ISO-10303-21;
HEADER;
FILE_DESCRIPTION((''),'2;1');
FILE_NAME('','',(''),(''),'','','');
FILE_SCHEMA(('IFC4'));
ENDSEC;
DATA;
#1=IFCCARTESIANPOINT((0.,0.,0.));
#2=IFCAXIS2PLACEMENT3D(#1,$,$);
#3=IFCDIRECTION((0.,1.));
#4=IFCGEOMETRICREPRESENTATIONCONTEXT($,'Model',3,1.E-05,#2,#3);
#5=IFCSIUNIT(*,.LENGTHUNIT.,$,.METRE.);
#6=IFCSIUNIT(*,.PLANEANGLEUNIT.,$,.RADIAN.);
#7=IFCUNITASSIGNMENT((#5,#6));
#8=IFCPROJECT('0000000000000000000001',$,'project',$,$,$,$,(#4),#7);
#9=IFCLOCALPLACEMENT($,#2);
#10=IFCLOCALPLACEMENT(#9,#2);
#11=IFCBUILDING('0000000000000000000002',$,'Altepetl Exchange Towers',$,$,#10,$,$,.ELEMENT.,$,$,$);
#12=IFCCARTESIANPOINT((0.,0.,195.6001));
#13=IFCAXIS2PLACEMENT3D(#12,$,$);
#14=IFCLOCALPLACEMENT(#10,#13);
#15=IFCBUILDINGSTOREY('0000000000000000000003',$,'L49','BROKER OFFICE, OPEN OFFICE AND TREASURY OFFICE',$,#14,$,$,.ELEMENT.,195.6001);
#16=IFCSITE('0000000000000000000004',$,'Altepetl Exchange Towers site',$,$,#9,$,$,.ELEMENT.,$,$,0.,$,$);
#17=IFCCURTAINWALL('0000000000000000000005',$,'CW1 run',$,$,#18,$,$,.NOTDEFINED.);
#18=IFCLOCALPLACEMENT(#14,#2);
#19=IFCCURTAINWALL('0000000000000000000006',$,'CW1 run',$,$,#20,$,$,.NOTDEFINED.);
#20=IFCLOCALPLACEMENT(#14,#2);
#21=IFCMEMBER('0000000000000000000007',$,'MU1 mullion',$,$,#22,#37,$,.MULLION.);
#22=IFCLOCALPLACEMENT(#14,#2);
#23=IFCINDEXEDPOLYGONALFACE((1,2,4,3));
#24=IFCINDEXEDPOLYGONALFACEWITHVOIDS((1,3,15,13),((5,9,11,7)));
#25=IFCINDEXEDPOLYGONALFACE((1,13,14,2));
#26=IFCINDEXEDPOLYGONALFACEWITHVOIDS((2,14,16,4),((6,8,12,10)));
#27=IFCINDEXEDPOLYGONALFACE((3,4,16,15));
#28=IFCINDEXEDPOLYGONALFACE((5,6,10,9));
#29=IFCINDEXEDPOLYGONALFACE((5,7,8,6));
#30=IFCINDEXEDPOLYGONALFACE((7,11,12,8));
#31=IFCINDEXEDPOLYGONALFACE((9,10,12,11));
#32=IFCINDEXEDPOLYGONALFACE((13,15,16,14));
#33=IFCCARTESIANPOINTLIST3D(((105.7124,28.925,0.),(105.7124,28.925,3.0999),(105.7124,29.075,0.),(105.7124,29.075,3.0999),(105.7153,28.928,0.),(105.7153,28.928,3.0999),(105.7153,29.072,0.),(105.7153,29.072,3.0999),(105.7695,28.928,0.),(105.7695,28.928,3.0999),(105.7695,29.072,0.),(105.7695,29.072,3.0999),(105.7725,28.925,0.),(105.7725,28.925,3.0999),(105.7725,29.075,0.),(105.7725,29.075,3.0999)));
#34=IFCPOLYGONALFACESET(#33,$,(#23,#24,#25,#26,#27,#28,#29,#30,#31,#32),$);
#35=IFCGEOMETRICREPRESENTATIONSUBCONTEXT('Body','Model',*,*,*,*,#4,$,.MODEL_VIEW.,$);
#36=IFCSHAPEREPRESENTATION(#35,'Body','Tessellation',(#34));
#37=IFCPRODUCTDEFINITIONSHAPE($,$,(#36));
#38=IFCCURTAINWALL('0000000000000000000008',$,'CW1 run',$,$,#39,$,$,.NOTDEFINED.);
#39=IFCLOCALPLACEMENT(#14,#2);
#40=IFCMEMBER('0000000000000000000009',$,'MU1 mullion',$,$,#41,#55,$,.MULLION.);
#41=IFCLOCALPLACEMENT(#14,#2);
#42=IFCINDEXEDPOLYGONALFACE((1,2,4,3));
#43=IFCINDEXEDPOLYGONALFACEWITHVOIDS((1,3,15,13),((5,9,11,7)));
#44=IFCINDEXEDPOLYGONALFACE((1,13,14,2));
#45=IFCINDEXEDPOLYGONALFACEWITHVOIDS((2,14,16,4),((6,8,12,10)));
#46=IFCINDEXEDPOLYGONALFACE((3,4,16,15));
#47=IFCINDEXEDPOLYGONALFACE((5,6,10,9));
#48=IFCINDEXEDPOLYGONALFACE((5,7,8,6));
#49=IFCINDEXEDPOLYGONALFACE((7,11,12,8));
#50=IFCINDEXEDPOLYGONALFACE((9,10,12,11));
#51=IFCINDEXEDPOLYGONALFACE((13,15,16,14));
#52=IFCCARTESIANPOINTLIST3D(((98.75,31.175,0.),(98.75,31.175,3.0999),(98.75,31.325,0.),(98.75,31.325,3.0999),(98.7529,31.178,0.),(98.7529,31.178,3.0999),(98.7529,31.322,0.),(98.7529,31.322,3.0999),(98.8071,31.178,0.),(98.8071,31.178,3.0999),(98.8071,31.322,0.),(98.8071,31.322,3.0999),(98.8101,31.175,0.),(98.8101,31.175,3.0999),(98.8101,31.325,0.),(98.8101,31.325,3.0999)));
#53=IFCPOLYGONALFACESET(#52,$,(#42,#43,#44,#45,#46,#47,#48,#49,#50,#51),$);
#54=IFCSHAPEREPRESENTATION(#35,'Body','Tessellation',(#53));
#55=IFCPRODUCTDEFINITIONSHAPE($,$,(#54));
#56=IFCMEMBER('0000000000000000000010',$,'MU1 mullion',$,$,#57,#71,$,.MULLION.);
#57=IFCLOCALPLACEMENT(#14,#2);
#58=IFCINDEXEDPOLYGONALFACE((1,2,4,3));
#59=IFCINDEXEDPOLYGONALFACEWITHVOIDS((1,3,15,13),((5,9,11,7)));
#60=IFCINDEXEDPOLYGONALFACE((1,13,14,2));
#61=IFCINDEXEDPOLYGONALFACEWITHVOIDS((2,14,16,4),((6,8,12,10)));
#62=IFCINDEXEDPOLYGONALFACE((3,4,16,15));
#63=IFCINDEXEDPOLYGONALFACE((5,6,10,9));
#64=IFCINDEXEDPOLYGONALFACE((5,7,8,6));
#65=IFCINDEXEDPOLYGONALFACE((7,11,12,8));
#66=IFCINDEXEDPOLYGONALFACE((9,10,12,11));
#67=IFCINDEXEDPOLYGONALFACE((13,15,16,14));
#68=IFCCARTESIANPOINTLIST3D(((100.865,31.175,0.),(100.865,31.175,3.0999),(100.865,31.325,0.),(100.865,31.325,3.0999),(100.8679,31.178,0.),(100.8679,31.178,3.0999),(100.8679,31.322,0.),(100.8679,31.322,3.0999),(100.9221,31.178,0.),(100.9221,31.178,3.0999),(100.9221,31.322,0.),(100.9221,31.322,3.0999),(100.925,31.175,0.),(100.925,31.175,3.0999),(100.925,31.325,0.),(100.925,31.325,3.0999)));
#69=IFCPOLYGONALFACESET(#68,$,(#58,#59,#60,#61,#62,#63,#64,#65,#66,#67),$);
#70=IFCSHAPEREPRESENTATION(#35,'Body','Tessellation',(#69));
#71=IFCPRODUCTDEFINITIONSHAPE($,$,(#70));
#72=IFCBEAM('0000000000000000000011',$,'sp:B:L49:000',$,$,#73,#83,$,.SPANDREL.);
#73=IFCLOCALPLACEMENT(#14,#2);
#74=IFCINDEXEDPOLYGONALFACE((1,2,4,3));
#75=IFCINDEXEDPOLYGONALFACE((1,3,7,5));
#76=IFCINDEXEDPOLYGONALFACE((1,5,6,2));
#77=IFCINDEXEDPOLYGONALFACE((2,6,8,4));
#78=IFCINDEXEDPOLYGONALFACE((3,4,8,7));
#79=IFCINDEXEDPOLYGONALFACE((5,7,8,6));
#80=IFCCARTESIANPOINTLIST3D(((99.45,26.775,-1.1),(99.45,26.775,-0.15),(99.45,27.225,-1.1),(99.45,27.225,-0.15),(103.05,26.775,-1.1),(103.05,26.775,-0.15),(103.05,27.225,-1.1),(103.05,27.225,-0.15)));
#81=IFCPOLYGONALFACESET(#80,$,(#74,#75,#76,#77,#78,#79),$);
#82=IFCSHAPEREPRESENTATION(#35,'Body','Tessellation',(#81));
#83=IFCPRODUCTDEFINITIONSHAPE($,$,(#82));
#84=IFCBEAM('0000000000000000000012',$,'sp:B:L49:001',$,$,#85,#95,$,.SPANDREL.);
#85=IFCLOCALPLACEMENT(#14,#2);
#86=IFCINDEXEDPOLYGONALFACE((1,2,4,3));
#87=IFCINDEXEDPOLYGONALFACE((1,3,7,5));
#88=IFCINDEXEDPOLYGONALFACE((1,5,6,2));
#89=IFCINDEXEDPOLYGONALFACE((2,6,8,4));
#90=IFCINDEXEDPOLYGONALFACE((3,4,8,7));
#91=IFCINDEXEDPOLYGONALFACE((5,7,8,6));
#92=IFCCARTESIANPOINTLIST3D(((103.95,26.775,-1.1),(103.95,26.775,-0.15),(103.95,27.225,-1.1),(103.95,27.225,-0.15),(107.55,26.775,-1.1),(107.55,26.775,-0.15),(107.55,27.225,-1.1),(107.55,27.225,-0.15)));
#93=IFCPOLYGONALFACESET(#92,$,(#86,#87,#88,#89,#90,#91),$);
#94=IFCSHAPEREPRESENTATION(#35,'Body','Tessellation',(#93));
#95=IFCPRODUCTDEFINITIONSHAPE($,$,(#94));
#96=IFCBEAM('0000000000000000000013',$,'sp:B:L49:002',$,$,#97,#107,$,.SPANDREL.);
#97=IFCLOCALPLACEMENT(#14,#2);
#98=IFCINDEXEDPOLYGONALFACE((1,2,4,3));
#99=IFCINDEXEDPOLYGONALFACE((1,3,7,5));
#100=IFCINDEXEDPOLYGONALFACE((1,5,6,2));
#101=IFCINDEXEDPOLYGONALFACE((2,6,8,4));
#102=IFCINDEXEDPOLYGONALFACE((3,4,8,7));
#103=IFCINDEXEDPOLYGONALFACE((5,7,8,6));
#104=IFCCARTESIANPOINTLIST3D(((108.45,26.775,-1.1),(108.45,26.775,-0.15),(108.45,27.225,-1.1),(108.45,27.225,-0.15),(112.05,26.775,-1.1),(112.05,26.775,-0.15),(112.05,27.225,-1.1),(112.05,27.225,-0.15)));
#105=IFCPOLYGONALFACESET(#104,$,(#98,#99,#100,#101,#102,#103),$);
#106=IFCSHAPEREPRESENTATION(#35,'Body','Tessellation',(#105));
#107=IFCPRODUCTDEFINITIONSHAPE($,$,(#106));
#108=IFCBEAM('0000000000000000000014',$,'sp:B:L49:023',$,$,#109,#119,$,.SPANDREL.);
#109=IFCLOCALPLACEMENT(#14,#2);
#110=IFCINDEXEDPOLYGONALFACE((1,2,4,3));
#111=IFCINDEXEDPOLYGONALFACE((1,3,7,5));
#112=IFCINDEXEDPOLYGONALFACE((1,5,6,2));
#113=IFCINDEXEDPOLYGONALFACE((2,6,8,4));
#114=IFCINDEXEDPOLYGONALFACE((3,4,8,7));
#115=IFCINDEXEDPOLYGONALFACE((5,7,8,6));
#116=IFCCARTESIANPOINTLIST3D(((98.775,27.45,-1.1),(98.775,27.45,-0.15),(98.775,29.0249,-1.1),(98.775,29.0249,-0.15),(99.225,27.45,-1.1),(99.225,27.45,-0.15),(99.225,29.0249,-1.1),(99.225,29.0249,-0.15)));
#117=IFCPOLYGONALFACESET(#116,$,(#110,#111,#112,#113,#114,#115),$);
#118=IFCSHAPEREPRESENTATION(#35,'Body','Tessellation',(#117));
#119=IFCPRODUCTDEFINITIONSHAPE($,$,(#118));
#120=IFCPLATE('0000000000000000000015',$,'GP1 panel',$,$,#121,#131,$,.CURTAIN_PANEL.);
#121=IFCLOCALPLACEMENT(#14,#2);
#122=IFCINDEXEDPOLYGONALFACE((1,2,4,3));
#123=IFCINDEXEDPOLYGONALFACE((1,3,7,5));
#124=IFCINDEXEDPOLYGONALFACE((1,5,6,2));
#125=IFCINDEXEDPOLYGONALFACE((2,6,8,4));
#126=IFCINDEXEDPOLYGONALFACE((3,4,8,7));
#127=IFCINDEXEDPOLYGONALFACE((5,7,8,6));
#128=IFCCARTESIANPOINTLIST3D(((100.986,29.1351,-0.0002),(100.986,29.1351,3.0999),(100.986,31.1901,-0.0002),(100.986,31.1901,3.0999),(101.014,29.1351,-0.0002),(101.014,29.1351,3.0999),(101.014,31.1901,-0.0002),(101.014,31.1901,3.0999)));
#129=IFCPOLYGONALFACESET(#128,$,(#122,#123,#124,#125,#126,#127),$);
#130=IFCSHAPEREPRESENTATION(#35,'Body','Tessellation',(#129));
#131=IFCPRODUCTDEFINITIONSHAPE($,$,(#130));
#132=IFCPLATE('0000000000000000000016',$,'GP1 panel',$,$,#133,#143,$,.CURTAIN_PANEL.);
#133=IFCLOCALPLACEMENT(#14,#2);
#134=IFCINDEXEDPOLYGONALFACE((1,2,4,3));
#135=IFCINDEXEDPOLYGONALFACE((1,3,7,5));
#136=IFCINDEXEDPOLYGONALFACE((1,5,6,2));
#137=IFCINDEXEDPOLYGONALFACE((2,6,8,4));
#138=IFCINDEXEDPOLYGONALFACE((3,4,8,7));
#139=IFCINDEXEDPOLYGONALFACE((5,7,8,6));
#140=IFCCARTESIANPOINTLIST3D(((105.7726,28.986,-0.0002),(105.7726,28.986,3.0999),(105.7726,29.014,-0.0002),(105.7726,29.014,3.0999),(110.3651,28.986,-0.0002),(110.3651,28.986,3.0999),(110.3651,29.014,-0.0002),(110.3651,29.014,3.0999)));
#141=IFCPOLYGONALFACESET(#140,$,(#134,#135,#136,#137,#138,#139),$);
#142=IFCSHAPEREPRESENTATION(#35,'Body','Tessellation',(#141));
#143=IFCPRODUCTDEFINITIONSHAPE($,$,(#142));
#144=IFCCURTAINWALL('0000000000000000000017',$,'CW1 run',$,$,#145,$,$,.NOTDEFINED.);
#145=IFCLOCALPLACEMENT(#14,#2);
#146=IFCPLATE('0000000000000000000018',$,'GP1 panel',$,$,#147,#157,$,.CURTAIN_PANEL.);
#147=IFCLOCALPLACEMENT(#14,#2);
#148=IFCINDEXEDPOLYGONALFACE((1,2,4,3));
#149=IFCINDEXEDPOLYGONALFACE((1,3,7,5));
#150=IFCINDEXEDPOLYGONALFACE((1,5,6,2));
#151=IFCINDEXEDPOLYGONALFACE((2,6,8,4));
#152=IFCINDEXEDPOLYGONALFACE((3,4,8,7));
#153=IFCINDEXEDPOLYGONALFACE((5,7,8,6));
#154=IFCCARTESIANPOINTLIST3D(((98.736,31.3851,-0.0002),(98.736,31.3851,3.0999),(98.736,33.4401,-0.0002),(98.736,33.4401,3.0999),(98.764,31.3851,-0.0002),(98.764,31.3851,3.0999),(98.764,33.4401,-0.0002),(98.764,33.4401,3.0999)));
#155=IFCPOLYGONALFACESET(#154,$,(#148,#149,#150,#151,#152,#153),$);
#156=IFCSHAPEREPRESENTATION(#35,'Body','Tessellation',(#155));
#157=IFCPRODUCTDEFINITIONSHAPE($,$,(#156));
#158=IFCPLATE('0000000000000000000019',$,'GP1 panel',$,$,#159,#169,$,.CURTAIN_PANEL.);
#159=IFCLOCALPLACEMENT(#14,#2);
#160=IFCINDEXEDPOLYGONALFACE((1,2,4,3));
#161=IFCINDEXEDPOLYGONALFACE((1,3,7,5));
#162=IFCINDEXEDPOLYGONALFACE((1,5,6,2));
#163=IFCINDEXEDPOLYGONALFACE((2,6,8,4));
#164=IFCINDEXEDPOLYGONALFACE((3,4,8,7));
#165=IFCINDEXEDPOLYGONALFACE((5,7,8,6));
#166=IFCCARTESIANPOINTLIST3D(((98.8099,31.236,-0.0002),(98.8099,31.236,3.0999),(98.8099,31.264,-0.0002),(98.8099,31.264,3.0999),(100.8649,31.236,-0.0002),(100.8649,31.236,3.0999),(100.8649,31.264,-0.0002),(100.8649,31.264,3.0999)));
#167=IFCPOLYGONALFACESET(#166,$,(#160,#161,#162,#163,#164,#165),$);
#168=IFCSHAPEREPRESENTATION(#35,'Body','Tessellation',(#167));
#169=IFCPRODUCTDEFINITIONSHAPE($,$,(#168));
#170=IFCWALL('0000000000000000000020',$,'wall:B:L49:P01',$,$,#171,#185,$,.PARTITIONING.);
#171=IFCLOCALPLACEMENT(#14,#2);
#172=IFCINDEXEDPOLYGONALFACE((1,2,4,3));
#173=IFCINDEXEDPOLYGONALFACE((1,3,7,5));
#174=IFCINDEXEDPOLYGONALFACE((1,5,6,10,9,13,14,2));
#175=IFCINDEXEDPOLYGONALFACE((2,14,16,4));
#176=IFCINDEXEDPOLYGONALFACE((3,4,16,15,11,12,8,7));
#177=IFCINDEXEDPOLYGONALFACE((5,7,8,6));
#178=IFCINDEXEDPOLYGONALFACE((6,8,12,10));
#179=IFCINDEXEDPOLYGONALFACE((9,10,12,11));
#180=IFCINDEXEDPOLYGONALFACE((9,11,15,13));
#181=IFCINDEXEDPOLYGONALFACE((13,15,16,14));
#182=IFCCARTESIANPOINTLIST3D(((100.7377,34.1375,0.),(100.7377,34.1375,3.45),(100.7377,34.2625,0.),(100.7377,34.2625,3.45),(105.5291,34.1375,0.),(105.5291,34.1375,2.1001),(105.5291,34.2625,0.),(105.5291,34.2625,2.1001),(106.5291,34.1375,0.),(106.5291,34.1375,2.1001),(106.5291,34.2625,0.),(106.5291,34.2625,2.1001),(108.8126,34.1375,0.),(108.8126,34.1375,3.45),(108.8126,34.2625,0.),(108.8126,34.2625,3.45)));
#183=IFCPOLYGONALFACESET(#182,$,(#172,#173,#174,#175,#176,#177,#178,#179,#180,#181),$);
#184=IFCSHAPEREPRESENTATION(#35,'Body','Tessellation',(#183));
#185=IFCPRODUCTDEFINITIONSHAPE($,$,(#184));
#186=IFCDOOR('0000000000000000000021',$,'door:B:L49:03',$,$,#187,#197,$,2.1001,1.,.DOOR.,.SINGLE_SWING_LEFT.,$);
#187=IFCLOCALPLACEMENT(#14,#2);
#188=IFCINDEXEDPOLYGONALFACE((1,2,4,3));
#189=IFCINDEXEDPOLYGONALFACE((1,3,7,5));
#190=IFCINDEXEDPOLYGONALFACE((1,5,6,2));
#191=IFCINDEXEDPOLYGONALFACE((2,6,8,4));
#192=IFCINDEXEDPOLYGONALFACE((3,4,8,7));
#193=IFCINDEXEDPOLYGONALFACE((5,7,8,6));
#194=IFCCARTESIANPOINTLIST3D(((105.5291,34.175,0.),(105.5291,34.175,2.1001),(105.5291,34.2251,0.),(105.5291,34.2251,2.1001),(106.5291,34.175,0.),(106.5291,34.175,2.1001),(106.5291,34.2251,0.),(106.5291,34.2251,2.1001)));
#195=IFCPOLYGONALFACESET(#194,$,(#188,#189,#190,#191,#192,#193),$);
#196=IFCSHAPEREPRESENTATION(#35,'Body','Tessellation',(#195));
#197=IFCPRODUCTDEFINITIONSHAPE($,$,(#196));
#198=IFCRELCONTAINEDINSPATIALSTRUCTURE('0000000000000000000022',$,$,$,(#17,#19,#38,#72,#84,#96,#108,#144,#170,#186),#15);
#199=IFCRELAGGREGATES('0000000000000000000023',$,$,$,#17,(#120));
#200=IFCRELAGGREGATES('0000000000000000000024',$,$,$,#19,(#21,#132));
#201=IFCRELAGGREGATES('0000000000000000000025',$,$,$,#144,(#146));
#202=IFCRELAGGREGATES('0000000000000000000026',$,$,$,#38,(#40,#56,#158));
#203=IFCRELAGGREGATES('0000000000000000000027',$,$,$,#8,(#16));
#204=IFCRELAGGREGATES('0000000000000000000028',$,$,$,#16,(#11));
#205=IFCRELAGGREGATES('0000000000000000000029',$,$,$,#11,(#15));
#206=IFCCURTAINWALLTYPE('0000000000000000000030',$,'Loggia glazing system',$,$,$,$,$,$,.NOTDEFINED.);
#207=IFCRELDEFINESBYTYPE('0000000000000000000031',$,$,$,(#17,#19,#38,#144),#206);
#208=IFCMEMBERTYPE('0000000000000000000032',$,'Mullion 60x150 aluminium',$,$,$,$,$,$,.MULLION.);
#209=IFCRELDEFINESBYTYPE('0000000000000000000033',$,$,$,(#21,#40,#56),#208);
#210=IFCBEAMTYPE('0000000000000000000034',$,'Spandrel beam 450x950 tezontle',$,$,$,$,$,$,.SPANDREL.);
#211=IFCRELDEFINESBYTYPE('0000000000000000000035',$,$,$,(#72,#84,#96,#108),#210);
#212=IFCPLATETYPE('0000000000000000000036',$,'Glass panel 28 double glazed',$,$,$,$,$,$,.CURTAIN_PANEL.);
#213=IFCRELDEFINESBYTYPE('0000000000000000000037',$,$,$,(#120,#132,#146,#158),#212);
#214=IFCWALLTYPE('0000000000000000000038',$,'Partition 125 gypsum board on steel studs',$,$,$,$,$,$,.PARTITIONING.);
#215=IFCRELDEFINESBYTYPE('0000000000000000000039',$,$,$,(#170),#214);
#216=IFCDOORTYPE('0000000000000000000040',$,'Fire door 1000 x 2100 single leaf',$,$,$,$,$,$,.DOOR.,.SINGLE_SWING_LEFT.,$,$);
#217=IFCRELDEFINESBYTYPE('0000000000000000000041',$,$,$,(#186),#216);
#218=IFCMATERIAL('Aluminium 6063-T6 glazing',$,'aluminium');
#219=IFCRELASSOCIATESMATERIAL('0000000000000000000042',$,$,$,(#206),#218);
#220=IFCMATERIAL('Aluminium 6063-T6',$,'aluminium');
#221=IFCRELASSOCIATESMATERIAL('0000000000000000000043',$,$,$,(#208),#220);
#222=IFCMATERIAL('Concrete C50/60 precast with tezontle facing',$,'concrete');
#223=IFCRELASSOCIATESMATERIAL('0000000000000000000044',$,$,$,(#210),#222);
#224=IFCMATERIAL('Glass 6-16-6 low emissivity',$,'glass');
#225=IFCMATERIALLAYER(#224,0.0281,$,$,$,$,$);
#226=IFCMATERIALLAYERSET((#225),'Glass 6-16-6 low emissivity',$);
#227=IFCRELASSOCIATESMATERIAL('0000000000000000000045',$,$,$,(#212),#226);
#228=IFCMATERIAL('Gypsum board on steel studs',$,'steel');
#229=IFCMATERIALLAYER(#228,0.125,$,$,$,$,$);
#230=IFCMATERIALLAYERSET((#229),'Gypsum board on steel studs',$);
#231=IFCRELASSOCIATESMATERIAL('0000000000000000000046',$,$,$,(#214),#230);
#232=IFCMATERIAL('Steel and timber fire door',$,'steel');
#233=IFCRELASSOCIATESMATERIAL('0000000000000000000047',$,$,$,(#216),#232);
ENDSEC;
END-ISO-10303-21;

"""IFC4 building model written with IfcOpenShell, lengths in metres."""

from ifc_helpers import new_model, si_unit, direction, frame, frame_2d, origin, origin_2d, place, context, subcontext, project, spatial, rectangle, hollow_rectangle, extrude, material, layer, layer_set, material_profile, profile_set, type_object, element, fill, aggregate, save


model = new_model("IFC4")

# Units and contexts
model_context = context("Model", 3, precision=1e-05, world=origin(), true_north=direction((0.0, 1.0)))
body_context = subcontext(model_context, "Body", "Model", "MODEL_VIEW")
ifc_project = project(units=[si_unit("LENGTHUNIT", "METRE"), si_unit("PLANEANGLEUNIT", "RADIAN")], contexts=[model_context])

# Site, building, storey
site_placement = place(None, origin())
site = spatial("IfcSite", under=ifc_project, at=site_placement, Name="Altepetl Exchange Towers site", CompositionType="ELEMENT", RefElevation=0.0)
building_placement = place(site_placement, origin())
building = spatial("IfcBuilding", under=site, at=building_placement, Name="Altepetl Exchange Towers", CompositionType="ELEMENT")
storey_placement = place(building_placement, frame((0.0, 0.0, 195.6001)))
storey = spatial("IfcBuildingStorey", under=building, at=storey_placement, Name="L49", Description="BROKER OFFICE, OPEN OFFICE AND TREASURY OFFICE", CompositionType="ELEMENT", Elevation=195.6001)

# Curtain wall
ifc_material_1 = material(Name="Aluminium 6063-T6 glazing", Category="aluminium")
curtain_wall_type = type_object("IfcCurtainWallType", Name="Loggia glazing system", PredefinedType="NOTDEFINED", material=ifc_material_1)
curtain_wall_1_placement = place(storey_placement, origin())
curtain_wall_1 = element("IfcCurtainWall", 1, at=curtain_wall_1_placement, inside=storey, type_object=curtain_wall_type, Name="CW1 run", PredefinedType="NOTDEFINED")
ifc_material_2 = material(Name="Aluminium 6063-T6", Category="aluminium")
ifc_material_profile_1 = material_profile(ifc_material_2, hollow_rectangle(XDim=0.0601, YDim=0.1499, WallThickness=0.0029, at=origin_2d()), Name="Mullion 60x150 aluminium")
ifc_profile_set_1 = profile_set([ifc_material_profile_1], Name="Aluminium 6063-T6")
member_type = type_object("IfcMemberType", Name="Mullion 60x150 aluminium", PredefinedType="MULLION", material=ifc_profile_set_1)

# Curtain wall, member
curtain_wall_2_placement = place(storey_placement, origin())
curtain_wall_2 = element("IfcCurtainWall", 2, at=curtain_wall_2_placement, inside=storey, type_object=curtain_wall_type, Name="CW1 run", PredefinedType="NOTDEFINED")
member_1_placement = place(storey_placement, frame((105.7424, 29.0, 0.0)))
member_1 = element("IfcMember", 3, at=member_1_placement, type_object=member_type, Name="MU1 mullion", PredefinedType="MULLION", context=body_context, shape_type="SweptSolid", body=[
    extrude(hollow_rectangle(XDim=0.0601, YDim=0.1499, WallThickness=0.0029, at=origin_2d()), origin(), (0.0, 0.0, 1.0), 3.0999),
])

# Curtain wall, members
curtain_wall_3_placement = place(storey_placement, origin())
curtain_wall_3 = element("IfcCurtainWall", 4, at=curtain_wall_3_placement, inside=storey, type_object=curtain_wall_type, Name="CW1 run", PredefinedType="NOTDEFINED")
member_2_placement = place(storey_placement, frame((98.78, 31.25, 0.0)))
member_2 = element("IfcMember", 5, at=member_2_placement, type_object=member_type, Name="MU1 mullion", PredefinedType="MULLION", context=body_context, shape_type="SweptSolid", body=[
    extrude(hollow_rectangle(XDim=0.0601, YDim=0.1499, WallThickness=0.0029, at=origin_2d()), origin(), (0.0, 0.0, 1.0), 3.0999),
])
member_3_placement = place(storey_placement, frame((100.895, 31.25, 0.0)))
member_3 = element("IfcMember", 6, at=member_3_placement, type_object=member_type, Name="MU1 mullion", PredefinedType="MULLION", context=body_context, shape_type="SweptSolid", body=[
    extrude(hollow_rectangle(XDim=0.0601, YDim=0.1499, WallThickness=0.0029, at=origin_2d()), origin(), (0.0, 0.0, 1.0), 3.0999),
])

# Beams
ifc_material_3 = material(Name="Concrete C50/60 precast with tezontle facing", Category="concrete")
ifc_material_profile_2 = material_profile(ifc_material_3, rectangle(XDim=0.45, YDim=0.95, at=origin_2d()), Name="450 x 950")
ifc_profile_set_2 = profile_set([ifc_material_profile_2], Name="Concrete C50/60 precast with tezontle facing")
beam_type_1 = type_object("IfcBeamType", Name="Spandrel beam 450x950 tezontle", PredefinedType="SPANDREL", material=ifc_profile_set_2)
for number, where, z_axis, x_axis, name in (
    (7, (99.45, 27.0, -0.625), (1.0, 0.0, 0.0), (0.0, 1.0, 0.0), "sp:B:L49:000"),
    (8, (103.95, 27.0, -0.625), (1.0, 0.0, 0.0), (0.0, 1.0, 0.0), "sp:B:L49:001"),
    (9, (108.45, 27.0, -0.625), (1.0, 0.0, 0.0), (0.0, 1.0, 0.0), "sp:B:L49:002"),
):
    element("IfcBeam", number, at=place(storey_placement, frame(where, z_axis=z_axis, x_axis=x_axis)), inside=storey, type_object=beam_type_1, Name=name, PredefinedType="SPANDREL", context=body_context, shape_type="SweptSolid", body=[
        extrude(rectangle(XDim=0.45, YDim=0.95, at=origin_2d()), origin(), (0.0, 0.0, 1.0), 3.6001),
    ])
beam_1_placement = place(storey_placement, frame((99.0, 29.0249, -0.625), z_axis=(0.0, -1.0, 0.0), x_axis=(1.0, 0.0, 0.0)))
element("IfcBeam", 10, at=beam_1_placement, inside=storey, type_object=beam_type_1, Name="sp:B:L49:023", PredefinedType="SPANDREL", context=body_context, shape_type="SweptSolid", body=[
    extrude(rectangle(XDim=0.45, YDim=0.95, at=origin_2d()), origin(), (0.0, 0.0, 1.0), 1.575),
])

# Plates
ifc_material_4 = material(Name="Glass 6-16-6 low emissivity", Category="glass")
ifc_layer_1 = layer(ifc_material_4, 0.0281)
ifc_layer_set_1 = layer_set([ifc_layer_1], Name="Glass 6-16-6 low emissivity")
plate_type = type_object("IfcPlateType", Name="Glass panel 28 double glazed", PredefinedType="CURTAIN_PANEL", material=ifc_layer_set_1)
plate_1_placement = place(storey_placement, frame((101.0, 30.1626, -0.0002), z_axis=(0.0, 0.0, 1.0), x_axis=(0.0, -1.0, 0.0)))
plate_1 = element("IfcPlate", 11, at=plate_1_placement, type_object=plate_type, Name="GP1 panel", PredefinedType="CURTAIN_PANEL", context=body_context, shape_type="SweptSolid", body=[
    extrude(rectangle(XDim=2.0549, YDim=0.0281, at=origin_2d()), origin(), (0.0, 0.0, 1.0), 3.1001),
])
aggregate(curtain_wall_1, [plate_1])
plate_2_placement = place(storey_placement, frame((108.0688, 29.0, -0.0002)))
plate_2 = element("IfcPlate", 12, at=plate_2_placement, type_object=plate_type, Name="GP1 panel", PredefinedType="CURTAIN_PANEL", context=body_context, shape_type="SweptSolid", body=[
    extrude(rectangle(XDim=4.5925, YDim=0.0281, at=origin_2d()), origin(), (0.0, 0.0, 1.0), 3.1001),
])
aggregate(curtain_wall_2, [member_1, plate_2])

# Curtain wall, plate
curtain_wall_4_placement = place(storey_placement, origin())
curtain_wall_4 = element("IfcCurtainWall", 13, at=curtain_wall_4_placement, inside=storey, type_object=curtain_wall_type, Name="CW1 run", PredefinedType="NOTDEFINED")
plate_3_placement = place(storey_placement, frame((98.75, 32.4126, -0.0002), z_axis=(0.0, 0.0, 1.0), x_axis=(0.0, -1.0, 0.0)))
plate_3 = element("IfcPlate", 14, at=plate_3_placement, type_object=plate_type, Name="GP1 panel", PredefinedType="CURTAIN_PANEL", context=body_context, shape_type="SweptSolid", body=[
    extrude(rectangle(XDim=2.0549, YDim=0.0281, at=origin_2d()), origin(), (0.0, 0.0, 1.0), 3.1001),
])
aggregate(curtain_wall_4, [plate_3])

# Plate
plate_4_placement = place(storey_placement, frame((99.8374, 31.25, -0.0002)))
plate_4 = element("IfcPlate", 15, at=plate_4_placement, type_object=plate_type, Name="GP1 panel", PredefinedType="CURTAIN_PANEL", context=body_context, shape_type="SweptSolid", body=[
    extrude(rectangle(XDim=2.0549, YDim=0.0281, at=origin_2d()), origin(), (0.0, 0.0, 1.0), 3.1001),
])
aggregate(curtain_wall_3, [member_2, member_3, plate_4])

# Wall, opening, door
ifc_material_5 = material(Name="Gypsum board on steel studs", Category="steel")
ifc_layer_2 = layer(ifc_material_5, 0.125)
ifc_layer_set_2 = layer_set([ifc_layer_2], Name="Gypsum board on steel studs")
wall_type_1 = type_object("IfcWallType", Name="Partition 125 gypsum board on steel studs", PredefinedType="PARTITIONING", material=ifc_layer_set_2)
wall_1_placement = place(storey_placement, frame((100.7375, 34.2, 0.0)))
wall_1 = element("IfcWall", 16, at=wall_1_placement, inside=storey, type_object=wall_type_1, Name="wall:B:L49:P01", PredefinedType="PARTITIONING", context=body_context, shape_type="SweptSolid", body=[
    extrude(rectangle(XDim=8.075, YDim=0.125, at=frame_2d((4.0376, 0.0))), origin(), (0.0, 0.0, 1.0), 3.45),
])
opening_1_placement = place(wall_1_placement, frame((4.7915, 0.0, 0.0)))
opening_1 = element("IfcOpeningElement", 17, at=opening_1_placement, cuts=wall_1, PredefinedType="OPENING", context=body_context, shape_type="SweptSolid", body=[
    extrude(rectangle(XDim=1.0, YDim=2.1001, at=frame_2d((0.5, 1.05))), frame((0.0, 0.0725, 0.0), z_axis=(0.0, -1.0, 0.0), x_axis=(1.0, 0.0, 0.0)), (0.0, 0.0, 1.0), 0.145),
])
ifc_material_6 = material(Name="Steel and timber fire door", Category="steel")
door_type_1 = type_object("IfcDoorType", Name="Fire door 1000 x 2100 single leaf", OperationType="SINGLE_SWING_LEFT", PredefinedType="DOOR", material=ifc_material_6)
door_1_placement = place(opening_1_placement, frame((1.0, 0.0, 0.0), x_axis=(-1.0, 0.0, 0.0)))
door_1 = element("IfcDoor", 18, at=door_1_placement, inside=storey, type_object=door_type_1, Name="door:B:L49:03", OperationType="SINGLE_SWING_LEFT", OverallHeight=2.1001, OverallWidth=1.0, PredefinedType="DOOR", context=body_context, shape_type="SweptSolid", body=[
    extrude(rectangle(XDim=1.0, YDim=2.1001, at=frame_2d((0.5, 1.05))), frame((0.0, 0.0249, 0.0), z_axis=(0.0, -1.0, 0.0), x_axis=(1.0, 0.0, 0.0)), (0.0, 0.0, 1.0), 0.05),
])
fill(opening_1, door_1)

save(model, "model.ifc")
